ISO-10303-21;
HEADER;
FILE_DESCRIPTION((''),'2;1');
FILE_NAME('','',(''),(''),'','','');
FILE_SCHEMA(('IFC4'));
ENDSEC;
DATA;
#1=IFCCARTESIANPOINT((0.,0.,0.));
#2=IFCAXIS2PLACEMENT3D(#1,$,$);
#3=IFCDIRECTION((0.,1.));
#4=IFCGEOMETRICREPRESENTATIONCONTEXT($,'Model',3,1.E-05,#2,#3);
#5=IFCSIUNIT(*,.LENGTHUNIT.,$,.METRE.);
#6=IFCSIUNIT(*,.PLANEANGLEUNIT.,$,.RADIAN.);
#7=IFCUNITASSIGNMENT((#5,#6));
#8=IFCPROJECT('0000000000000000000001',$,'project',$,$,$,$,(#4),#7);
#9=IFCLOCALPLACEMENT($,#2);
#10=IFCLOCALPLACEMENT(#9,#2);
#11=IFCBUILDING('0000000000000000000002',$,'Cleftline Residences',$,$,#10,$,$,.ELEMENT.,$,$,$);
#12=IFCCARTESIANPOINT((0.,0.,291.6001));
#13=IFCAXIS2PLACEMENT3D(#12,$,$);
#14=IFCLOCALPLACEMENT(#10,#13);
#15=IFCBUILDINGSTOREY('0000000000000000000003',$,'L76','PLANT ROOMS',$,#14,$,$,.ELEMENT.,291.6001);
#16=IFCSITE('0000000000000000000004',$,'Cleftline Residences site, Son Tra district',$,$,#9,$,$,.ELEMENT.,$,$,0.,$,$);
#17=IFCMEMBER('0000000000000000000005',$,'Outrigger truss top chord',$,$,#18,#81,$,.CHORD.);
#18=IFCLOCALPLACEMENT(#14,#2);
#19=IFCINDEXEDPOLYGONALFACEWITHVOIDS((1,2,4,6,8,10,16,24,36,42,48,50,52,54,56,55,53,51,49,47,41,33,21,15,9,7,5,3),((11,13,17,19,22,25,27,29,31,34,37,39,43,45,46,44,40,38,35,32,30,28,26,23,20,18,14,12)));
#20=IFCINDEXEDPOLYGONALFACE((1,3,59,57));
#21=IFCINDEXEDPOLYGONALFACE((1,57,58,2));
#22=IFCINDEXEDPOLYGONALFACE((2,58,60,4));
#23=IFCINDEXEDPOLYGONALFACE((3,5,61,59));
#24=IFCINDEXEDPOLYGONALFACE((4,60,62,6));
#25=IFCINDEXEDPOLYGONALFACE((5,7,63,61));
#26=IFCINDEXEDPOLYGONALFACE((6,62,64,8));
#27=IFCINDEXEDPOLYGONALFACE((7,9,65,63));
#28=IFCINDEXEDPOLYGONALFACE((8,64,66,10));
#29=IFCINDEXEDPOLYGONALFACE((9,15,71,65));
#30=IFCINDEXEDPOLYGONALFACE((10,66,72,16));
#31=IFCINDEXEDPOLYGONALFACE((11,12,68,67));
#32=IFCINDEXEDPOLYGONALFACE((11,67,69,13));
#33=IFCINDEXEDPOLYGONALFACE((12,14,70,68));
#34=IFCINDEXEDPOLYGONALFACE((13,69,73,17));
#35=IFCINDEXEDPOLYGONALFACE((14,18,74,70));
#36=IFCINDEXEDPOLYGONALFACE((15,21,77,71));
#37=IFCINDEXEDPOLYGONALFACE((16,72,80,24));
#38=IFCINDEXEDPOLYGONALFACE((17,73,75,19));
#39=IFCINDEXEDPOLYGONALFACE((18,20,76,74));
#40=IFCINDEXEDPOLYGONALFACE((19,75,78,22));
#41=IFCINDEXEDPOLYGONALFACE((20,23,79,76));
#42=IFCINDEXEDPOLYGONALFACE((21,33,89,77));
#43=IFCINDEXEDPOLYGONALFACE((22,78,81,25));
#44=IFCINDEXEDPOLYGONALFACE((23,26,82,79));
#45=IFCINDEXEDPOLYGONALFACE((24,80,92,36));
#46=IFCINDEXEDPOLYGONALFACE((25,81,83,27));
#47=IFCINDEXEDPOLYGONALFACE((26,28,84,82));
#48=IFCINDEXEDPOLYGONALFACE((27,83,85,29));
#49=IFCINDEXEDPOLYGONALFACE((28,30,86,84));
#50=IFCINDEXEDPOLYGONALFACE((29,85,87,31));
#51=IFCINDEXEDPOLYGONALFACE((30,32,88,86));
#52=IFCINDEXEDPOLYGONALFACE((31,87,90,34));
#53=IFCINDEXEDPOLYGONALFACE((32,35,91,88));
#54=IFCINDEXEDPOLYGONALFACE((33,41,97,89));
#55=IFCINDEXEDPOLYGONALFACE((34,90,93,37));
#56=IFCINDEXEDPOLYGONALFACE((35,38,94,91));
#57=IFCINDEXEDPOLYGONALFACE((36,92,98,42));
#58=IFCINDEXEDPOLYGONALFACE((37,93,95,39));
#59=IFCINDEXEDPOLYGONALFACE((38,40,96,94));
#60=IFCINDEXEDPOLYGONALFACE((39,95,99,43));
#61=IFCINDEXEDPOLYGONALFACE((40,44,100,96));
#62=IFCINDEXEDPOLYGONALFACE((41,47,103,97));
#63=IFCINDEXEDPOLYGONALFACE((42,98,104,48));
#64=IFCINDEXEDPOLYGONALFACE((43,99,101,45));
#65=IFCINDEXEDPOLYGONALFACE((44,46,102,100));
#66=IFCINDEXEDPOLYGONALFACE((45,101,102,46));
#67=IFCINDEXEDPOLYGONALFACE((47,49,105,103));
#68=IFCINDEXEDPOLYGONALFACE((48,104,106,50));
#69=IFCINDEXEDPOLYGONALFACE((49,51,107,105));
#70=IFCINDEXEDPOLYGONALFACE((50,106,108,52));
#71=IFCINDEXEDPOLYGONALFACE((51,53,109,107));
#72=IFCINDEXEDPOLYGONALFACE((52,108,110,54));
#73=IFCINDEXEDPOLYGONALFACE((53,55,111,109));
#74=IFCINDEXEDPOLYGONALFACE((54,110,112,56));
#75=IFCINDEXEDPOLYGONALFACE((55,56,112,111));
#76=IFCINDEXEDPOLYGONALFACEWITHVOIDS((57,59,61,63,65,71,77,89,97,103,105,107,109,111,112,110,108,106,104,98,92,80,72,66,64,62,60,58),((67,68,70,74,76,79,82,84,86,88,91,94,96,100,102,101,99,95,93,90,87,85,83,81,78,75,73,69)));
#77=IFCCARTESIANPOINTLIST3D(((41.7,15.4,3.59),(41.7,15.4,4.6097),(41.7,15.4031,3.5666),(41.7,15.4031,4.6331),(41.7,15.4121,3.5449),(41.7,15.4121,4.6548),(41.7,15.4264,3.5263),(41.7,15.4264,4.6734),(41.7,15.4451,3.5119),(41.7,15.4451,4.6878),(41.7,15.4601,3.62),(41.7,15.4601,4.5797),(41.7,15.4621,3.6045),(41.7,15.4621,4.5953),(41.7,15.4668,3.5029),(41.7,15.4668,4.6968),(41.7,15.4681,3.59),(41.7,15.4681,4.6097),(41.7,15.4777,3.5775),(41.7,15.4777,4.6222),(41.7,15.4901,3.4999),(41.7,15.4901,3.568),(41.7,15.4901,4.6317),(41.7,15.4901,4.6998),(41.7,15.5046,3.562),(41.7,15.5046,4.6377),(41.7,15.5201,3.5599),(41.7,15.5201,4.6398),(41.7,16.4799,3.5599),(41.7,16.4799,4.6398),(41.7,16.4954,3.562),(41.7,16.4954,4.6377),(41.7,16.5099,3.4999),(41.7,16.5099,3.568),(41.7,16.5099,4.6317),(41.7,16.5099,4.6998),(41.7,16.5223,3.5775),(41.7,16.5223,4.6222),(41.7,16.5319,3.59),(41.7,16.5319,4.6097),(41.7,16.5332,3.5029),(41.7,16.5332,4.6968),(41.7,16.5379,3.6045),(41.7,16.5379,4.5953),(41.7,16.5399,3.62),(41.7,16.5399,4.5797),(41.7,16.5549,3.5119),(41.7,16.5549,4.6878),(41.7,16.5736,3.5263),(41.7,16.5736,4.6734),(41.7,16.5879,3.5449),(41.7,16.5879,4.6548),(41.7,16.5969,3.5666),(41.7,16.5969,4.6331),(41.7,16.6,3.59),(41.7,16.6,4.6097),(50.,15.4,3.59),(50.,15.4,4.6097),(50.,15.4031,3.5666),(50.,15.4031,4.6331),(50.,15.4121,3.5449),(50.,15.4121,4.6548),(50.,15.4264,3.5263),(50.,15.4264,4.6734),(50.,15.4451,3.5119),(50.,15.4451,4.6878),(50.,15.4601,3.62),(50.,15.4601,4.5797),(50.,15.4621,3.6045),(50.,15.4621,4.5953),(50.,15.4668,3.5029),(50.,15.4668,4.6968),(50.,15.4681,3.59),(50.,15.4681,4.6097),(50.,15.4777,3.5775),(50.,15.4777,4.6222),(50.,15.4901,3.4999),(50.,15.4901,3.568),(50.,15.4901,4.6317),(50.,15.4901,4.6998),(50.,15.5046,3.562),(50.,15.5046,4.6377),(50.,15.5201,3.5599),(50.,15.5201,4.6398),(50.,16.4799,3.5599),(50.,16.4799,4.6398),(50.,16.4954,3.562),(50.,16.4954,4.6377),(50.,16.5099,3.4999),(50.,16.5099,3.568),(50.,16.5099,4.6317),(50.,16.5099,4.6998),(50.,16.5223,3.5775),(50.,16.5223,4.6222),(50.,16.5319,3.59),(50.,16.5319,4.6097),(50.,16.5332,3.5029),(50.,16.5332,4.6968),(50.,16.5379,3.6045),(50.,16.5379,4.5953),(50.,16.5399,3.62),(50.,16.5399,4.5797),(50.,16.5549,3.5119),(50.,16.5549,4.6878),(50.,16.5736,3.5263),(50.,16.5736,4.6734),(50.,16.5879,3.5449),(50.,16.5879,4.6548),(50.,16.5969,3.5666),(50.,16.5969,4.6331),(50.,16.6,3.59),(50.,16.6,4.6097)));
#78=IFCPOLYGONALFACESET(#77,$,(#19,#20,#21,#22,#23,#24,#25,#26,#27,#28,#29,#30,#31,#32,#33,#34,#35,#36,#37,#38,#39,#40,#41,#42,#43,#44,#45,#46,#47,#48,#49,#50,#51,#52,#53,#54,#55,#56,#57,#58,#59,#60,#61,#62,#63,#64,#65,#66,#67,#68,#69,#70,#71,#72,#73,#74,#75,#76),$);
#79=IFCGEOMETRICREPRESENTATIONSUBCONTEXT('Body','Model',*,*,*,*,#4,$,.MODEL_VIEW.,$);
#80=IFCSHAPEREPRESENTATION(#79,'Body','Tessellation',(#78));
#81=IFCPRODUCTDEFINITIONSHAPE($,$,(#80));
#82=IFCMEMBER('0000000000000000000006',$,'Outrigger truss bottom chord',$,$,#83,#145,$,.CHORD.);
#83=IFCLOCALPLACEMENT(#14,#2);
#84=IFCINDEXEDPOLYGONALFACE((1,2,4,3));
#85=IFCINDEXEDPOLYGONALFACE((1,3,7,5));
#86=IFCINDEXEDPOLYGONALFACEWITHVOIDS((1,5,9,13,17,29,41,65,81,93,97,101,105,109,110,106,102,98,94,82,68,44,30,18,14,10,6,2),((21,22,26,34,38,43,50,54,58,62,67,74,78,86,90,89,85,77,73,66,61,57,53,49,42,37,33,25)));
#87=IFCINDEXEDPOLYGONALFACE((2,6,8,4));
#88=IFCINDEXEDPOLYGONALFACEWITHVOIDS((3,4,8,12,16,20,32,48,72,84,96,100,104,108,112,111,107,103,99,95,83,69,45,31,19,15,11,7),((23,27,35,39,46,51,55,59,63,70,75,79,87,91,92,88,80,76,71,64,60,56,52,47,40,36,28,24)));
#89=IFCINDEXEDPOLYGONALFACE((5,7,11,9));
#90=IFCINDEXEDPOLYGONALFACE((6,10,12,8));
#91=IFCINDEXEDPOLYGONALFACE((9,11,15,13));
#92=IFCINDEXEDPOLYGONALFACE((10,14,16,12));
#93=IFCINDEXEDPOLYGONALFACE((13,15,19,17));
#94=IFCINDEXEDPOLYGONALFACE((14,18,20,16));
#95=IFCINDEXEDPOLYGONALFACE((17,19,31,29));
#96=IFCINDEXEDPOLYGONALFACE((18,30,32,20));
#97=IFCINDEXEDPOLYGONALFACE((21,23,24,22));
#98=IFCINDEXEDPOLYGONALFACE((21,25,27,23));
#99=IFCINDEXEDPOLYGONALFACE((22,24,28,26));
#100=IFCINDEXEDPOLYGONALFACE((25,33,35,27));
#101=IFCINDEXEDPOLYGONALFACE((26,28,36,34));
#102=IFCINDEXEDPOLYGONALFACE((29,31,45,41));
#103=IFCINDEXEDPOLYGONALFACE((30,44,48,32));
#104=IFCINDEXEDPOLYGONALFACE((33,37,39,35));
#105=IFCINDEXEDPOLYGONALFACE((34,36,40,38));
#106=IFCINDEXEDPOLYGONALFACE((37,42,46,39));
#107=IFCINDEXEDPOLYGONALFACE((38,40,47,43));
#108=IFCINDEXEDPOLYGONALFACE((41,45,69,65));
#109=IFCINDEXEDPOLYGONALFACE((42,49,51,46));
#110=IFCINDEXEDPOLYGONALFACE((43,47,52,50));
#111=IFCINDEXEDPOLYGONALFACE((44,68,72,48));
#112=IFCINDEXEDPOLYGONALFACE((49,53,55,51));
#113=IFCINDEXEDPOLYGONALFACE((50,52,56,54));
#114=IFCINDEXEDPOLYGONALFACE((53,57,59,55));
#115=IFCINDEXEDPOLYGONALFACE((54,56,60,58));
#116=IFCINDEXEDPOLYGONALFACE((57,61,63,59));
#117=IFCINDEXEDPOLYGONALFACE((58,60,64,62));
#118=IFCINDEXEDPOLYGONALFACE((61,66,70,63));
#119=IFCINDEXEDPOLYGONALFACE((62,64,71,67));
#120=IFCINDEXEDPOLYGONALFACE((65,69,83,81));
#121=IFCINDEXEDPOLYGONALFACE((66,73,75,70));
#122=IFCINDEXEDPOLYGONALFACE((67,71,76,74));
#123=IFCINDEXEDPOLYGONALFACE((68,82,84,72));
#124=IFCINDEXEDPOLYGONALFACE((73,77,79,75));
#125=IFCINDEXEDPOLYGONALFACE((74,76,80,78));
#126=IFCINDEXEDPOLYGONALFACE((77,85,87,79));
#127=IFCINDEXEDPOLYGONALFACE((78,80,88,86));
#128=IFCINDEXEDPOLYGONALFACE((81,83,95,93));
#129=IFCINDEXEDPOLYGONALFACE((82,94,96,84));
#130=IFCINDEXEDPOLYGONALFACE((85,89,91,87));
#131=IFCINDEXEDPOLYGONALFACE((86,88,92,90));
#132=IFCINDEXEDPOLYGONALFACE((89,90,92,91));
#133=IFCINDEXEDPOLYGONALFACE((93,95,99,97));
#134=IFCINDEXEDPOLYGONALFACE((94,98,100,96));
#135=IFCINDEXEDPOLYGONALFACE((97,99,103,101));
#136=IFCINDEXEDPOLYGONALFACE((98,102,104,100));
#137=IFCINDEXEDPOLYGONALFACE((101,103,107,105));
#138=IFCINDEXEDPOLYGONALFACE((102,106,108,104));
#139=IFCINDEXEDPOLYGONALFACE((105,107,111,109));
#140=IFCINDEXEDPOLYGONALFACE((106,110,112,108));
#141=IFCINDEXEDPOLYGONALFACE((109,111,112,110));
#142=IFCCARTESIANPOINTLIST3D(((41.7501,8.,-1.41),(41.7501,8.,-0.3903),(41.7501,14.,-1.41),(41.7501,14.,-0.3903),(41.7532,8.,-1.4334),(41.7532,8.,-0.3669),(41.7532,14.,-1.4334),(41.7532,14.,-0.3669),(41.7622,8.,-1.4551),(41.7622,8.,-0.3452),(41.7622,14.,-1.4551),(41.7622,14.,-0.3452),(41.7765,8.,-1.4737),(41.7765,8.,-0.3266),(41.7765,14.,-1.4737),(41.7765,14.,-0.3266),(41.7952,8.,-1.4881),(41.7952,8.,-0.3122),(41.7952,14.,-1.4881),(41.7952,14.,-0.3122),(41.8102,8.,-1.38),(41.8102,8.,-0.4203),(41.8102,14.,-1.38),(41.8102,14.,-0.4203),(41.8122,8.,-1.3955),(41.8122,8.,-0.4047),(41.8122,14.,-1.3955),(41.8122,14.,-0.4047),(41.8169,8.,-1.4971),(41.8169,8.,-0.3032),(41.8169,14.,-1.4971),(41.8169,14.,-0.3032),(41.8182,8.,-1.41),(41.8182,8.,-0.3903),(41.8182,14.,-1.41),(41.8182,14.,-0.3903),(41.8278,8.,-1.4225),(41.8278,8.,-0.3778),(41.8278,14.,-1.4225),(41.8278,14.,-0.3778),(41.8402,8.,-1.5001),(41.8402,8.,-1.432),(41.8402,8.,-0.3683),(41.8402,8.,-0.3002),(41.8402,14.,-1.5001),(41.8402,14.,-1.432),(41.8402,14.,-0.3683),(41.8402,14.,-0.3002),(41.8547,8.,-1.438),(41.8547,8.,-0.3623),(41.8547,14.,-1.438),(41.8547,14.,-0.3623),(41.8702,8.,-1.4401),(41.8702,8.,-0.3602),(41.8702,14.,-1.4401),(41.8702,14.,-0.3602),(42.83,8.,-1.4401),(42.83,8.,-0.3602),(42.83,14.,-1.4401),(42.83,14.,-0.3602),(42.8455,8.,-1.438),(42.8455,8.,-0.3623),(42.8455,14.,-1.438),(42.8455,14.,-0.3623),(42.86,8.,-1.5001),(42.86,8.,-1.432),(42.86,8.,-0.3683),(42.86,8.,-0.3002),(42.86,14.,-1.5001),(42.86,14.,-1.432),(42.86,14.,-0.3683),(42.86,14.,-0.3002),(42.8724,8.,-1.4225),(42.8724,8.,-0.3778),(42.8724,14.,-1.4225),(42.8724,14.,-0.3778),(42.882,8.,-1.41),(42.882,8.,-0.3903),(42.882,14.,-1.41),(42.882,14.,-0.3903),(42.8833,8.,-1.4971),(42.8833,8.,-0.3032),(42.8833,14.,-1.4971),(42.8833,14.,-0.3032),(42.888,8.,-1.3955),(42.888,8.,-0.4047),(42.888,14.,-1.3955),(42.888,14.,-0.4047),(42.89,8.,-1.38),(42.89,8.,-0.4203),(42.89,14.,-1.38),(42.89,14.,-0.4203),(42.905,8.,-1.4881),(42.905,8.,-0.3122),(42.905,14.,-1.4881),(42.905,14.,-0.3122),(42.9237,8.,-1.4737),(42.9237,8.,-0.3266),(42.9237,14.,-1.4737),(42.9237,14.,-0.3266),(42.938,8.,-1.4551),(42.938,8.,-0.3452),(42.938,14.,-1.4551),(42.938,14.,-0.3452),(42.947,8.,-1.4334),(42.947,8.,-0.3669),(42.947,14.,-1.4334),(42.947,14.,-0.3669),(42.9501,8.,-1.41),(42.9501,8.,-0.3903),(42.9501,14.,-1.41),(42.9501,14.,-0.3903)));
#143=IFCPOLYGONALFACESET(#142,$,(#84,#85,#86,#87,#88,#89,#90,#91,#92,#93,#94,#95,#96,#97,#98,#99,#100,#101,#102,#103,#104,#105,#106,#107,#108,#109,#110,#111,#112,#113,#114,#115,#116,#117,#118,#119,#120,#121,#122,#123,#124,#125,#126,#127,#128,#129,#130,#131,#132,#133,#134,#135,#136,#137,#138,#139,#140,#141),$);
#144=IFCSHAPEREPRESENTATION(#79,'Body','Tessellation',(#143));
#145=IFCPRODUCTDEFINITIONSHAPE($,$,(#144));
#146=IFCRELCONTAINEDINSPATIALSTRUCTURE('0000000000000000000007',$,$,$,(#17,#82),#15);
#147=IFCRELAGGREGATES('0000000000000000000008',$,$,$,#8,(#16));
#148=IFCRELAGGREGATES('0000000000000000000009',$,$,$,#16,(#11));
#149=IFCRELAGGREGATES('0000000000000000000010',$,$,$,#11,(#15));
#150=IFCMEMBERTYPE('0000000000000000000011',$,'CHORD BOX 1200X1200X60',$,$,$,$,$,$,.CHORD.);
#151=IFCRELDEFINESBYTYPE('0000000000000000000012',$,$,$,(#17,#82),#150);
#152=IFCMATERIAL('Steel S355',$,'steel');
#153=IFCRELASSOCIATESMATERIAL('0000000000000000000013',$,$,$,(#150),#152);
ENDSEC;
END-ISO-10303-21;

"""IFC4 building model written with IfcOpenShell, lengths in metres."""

from ifc_helpers import new_model, si_unit, direction, frame, origin, origin_2d, place, context, subcontext, project, spatial, hollow_rectangle, extrude, material, material_profile, profile_set, type_object, element, save


model = new_model("IFC4")

# Units and contexts
model_context = context("Model", 3, precision=1e-05, world=origin(), true_north=direction((0.0, 1.0)))
body_context = subcontext(model_context, "Body", "Model", "MODEL_VIEW")
ifc_project = project(units=[si_unit("LENGTHUNIT", "METRE"), si_unit("PLANEANGLEUNIT", "RADIAN")], contexts=[model_context])

# Site, building, storey
site_placement = place(None, origin())
site = spatial("IfcSite", under=ifc_project, at=site_placement, Name="Cleftline Residences site, Son Tra district", CompositionType="ELEMENT", RefElevation=0.0)
building_placement = place(site_placement, origin())
building = spatial("IfcBuilding", under=site, at=building_placement, Name="Cleftline Residences", CompositionType="ELEMENT")
storey_placement = place(building_placement, frame((0.0, 0.0, 291.6001)))
storey = spatial("IfcBuildingStorey", under=building, at=storey_placement, Name="L76", Description="PLANT ROOMS", CompositionType="ELEMENT", Elevation=291.6001)

# Members
ifc_material_1 = material(Name="Steel S355", Category="steel")
ifc_material_profile_1 = material_profile(ifc_material_1, hollow_rectangle(XDim=1.2, YDim=1.2, WallThickness=0.0601, InnerFilletRadius=0.0601, OuterFilletRadius=0.0901, at=origin_2d()))
ifc_profile_set_1 = profile_set([ifc_material_profile_1], Name="Steel S355")
member_type_1 = type_object("IfcMemberType", Name="CHORD BOX 1200X1200X60", PredefinedType="CHORD", material=ifc_profile_set_1)
for number, where, z_axis, x_axis, name in (
    (1, (41.7, 16.0, 4.0999), (1.0, 0.0, 0.0), (0.0, 1.0, 0.0), "Outrigger truss top chord"),
):
    element("IfcMember", number, at=place(storey_placement, frame(where, z_axis=z_axis, x_axis=x_axis)), inside=storey, type_object=member_type_1, Name=name, PredefinedType="CHORD", context=body_context, shape_type="SweptSolid", body=[
        extrude(hollow_rectangle(XDim=1.2, YDim=1.2, WallThickness=0.0601, InnerFilletRadius=0.0601, OuterFilletRadius=0.0901, at=origin_2d()), origin(), (0.0, 0.0, 1.0), 8.3),
    ])
for number, where, z_axis, x_axis, name in (
    (2, (42.3501, 8.0, -0.9001), (0.0, 1.0, 0.0), (-1.0, 0.0, 0.0), "Outrigger truss bottom chord"),
):
    element("IfcMember", number, at=place(storey_placement, frame(where, z_axis=z_axis, x_axis=x_axis)), inside=storey, type_object=member_type_1, Name=name, PredefinedType="CHORD", context=body_context, shape_type="SweptSolid", body=[
        extrude(hollow_rectangle(XDim=1.2, YDim=1.2, WallThickness=0.0601, InnerFilletRadius=0.0601, OuterFilletRadius=0.0901, at=origin_2d()), origin(), (0.0, 0.0, 1.0), 6.0),
    ])

save(model, "model.ifc")
